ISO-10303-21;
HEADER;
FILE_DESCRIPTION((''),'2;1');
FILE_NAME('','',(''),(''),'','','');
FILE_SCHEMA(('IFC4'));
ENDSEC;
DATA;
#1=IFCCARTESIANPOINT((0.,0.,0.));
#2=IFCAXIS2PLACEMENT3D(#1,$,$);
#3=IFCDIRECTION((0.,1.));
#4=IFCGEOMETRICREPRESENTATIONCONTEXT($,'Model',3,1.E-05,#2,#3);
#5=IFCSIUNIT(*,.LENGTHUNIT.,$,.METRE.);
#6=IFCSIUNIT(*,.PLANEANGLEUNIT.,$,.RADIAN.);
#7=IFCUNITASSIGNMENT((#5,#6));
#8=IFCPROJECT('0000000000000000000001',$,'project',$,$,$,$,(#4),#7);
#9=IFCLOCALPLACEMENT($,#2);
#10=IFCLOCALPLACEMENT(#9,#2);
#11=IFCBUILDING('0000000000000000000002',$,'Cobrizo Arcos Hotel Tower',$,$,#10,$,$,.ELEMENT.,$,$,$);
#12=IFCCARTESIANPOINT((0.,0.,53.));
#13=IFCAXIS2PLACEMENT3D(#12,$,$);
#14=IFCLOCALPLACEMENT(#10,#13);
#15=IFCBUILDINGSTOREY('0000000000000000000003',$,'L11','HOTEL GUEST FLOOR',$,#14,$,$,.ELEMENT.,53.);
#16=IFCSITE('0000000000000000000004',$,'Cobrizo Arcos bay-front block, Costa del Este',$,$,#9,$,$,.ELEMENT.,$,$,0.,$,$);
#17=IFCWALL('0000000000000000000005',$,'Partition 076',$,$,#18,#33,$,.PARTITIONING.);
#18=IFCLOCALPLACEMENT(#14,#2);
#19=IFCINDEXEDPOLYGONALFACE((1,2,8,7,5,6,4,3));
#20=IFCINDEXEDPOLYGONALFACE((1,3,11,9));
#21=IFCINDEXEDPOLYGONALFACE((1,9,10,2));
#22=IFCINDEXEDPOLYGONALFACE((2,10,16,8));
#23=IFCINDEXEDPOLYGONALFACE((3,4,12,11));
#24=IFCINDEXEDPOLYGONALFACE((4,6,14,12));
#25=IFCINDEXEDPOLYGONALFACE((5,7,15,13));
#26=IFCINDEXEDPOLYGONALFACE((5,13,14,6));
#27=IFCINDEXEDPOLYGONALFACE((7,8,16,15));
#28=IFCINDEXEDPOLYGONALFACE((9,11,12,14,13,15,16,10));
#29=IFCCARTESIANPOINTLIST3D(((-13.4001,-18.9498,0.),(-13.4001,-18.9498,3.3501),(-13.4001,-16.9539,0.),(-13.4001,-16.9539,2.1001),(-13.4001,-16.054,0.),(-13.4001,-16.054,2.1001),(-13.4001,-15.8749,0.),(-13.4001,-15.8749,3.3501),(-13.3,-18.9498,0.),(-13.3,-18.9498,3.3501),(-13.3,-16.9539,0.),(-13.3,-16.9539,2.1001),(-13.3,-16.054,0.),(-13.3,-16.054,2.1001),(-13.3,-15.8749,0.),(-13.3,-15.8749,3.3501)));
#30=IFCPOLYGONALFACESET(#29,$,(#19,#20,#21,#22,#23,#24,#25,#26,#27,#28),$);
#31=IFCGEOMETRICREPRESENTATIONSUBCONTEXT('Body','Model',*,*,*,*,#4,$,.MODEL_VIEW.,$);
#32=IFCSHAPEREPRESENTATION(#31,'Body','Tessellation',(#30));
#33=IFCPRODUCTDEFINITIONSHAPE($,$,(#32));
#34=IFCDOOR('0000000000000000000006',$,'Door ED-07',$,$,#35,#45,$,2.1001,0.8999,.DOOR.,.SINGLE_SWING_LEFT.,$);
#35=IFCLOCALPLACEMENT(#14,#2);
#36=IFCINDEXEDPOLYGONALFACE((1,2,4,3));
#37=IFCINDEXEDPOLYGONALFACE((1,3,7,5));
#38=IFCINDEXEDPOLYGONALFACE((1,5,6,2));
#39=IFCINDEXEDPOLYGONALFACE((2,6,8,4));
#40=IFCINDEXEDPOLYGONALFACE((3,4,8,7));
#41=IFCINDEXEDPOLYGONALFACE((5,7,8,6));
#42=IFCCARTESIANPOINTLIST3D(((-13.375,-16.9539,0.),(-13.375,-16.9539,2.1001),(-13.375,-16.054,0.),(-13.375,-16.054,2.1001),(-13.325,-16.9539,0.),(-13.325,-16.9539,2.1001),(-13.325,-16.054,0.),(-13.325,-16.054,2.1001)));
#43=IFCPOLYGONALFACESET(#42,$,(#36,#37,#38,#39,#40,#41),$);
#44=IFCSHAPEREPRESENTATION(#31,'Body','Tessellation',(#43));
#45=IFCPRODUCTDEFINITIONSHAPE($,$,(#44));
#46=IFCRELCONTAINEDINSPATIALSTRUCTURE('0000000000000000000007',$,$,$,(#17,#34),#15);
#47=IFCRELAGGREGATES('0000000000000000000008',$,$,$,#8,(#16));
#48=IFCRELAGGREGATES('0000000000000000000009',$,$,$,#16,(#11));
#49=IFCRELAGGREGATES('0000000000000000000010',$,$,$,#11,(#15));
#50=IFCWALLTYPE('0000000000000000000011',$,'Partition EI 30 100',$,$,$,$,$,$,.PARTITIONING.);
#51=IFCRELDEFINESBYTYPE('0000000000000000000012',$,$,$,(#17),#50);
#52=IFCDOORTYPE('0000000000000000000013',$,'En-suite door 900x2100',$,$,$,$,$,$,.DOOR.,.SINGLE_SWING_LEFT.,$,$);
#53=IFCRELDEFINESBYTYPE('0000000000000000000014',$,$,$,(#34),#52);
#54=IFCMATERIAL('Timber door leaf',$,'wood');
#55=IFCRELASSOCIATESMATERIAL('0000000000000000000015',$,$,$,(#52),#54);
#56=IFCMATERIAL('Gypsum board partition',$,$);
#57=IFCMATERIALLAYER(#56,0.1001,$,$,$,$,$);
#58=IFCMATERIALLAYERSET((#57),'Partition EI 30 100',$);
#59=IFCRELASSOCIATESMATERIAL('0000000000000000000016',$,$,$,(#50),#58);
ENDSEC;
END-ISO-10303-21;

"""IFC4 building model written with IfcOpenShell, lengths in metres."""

from ifc_helpers import new_model, si_unit, direction, frame, frame_2d, origin, place, context, subcontext, project, spatial, rectangle, extrude, material, layer, layer_set, type_object, element, fill, save


model = new_model("IFC4")

# Units and contexts
model_context = context("Model", 3, precision=1e-05, world=origin(), true_north=direction((0.0, 1.0)))
body_context = subcontext(model_context, "Body", "Model", "MODEL_VIEW")
ifc_project = project(units=[si_unit("LENGTHUNIT", "METRE"), si_unit("PLANEANGLEUNIT", "RADIAN")], contexts=[model_context])

# Site, building, storey
site_placement = place(None, origin())
site = spatial("IfcSite", under=ifc_project, at=site_placement, Name="Cobrizo Arcos bay-front block, Costa del Este", CompositionType="ELEMENT", RefElevation=0.0)
building_placement = place(site_placement, origin())
building = spatial("IfcBuilding", under=site, at=building_placement, Name="Cobrizo Arcos Hotel Tower", CompositionType="ELEMENT")
storey_placement = place(building_placement, frame((0.0, 0.0, 53.0)))
storey = spatial("IfcBuildingStorey", under=building, at=storey_placement, Name="L11", Description="HOTEL GUEST FLOOR", CompositionType="ELEMENT", Elevation=53.0)

# Shared definitions
ifc_material_1 = material(Name="Gypsum board partition")
ifc_material_2 = material(Name="Timber door leaf", Category="wood")
door_type_1 = type_object("IfcDoorType", Name="En-suite door 900x2100", OperationType="SINGLE_SWING_LEFT", PredefinedType="DOOR", material=ifc_material_2)

# Shared definitions
ifc_layer_1 = layer(ifc_material_1, 0.1001)
ifc_layer_set_1 = layer_set([ifc_layer_1], Name="Partition EI 30 100")
wall_type_1 = type_object("IfcWallType", Name="Partition EI 30 100", PredefinedType="PARTITIONING", material=ifc_layer_set_1)

# Wall, opening, door
wall_1_placement = place(storey_placement, frame((-13.3501, -18.95, 0.0), z_axis=(0.0, 0.0, 1.0), x_axis=(0.0, 1.0, 0.0)))
wall_1 = element("IfcWall", 1, at=wall_1_placement, inside=storey, type_object=wall_type_1, Name="Partition 076", PredefinedType="PARTITIONING", context=body_context, shape_type="SweptSolid", body=[
    extrude(rectangle(XDim=3.075, YDim=0.1001, at=frame_2d((1.5376, 0.0))), origin(), (0.0, 0.0, 1.0), 3.3501),
])
opening_1_placement = place(wall_1_placement, frame((1.9961, 0.0, 0.0)))
opening_1 = element("IfcOpeningElement", 2, at=opening_1_placement, cuts=wall_1, PredefinedType="OPENING", context=body_context, shape_type="SweptSolid", body=[
    extrude(rectangle(XDim=0.8999, YDim=2.1001, at=frame_2d((0.45, 1.05))), frame((0.0, 0.062, 0.0), z_axis=(0.0, -1.0, 0.0), x_axis=(1.0, 0.0, 0.0)), (0.0, 0.0, 1.0), 0.124),
])
door_1_placement = place(opening_1_placement, origin())
door_1 = element("IfcDoor", 3, at=door_1_placement, inside=storey, type_object=door_type_1, Name="Door ED-07", OperationType="SINGLE_SWING_LEFT", OverallHeight=2.1001, OverallWidth=0.8999, PredefinedType="DOOR", context=body_context, shape_type="SweptSolid", body=[
    extrude(rectangle(XDim=0.8999, YDim=2.1001, at=frame_2d((0.45, 1.05))), frame((0.0, 0.0249, 0.0), z_axis=(0.0, -1.0, 0.0), x_axis=(1.0, 0.0, 0.0)), (0.0, 0.0, 1.0), 0.05),
])
fill(opening_1, door_1)

save(model, "model.ifc")
